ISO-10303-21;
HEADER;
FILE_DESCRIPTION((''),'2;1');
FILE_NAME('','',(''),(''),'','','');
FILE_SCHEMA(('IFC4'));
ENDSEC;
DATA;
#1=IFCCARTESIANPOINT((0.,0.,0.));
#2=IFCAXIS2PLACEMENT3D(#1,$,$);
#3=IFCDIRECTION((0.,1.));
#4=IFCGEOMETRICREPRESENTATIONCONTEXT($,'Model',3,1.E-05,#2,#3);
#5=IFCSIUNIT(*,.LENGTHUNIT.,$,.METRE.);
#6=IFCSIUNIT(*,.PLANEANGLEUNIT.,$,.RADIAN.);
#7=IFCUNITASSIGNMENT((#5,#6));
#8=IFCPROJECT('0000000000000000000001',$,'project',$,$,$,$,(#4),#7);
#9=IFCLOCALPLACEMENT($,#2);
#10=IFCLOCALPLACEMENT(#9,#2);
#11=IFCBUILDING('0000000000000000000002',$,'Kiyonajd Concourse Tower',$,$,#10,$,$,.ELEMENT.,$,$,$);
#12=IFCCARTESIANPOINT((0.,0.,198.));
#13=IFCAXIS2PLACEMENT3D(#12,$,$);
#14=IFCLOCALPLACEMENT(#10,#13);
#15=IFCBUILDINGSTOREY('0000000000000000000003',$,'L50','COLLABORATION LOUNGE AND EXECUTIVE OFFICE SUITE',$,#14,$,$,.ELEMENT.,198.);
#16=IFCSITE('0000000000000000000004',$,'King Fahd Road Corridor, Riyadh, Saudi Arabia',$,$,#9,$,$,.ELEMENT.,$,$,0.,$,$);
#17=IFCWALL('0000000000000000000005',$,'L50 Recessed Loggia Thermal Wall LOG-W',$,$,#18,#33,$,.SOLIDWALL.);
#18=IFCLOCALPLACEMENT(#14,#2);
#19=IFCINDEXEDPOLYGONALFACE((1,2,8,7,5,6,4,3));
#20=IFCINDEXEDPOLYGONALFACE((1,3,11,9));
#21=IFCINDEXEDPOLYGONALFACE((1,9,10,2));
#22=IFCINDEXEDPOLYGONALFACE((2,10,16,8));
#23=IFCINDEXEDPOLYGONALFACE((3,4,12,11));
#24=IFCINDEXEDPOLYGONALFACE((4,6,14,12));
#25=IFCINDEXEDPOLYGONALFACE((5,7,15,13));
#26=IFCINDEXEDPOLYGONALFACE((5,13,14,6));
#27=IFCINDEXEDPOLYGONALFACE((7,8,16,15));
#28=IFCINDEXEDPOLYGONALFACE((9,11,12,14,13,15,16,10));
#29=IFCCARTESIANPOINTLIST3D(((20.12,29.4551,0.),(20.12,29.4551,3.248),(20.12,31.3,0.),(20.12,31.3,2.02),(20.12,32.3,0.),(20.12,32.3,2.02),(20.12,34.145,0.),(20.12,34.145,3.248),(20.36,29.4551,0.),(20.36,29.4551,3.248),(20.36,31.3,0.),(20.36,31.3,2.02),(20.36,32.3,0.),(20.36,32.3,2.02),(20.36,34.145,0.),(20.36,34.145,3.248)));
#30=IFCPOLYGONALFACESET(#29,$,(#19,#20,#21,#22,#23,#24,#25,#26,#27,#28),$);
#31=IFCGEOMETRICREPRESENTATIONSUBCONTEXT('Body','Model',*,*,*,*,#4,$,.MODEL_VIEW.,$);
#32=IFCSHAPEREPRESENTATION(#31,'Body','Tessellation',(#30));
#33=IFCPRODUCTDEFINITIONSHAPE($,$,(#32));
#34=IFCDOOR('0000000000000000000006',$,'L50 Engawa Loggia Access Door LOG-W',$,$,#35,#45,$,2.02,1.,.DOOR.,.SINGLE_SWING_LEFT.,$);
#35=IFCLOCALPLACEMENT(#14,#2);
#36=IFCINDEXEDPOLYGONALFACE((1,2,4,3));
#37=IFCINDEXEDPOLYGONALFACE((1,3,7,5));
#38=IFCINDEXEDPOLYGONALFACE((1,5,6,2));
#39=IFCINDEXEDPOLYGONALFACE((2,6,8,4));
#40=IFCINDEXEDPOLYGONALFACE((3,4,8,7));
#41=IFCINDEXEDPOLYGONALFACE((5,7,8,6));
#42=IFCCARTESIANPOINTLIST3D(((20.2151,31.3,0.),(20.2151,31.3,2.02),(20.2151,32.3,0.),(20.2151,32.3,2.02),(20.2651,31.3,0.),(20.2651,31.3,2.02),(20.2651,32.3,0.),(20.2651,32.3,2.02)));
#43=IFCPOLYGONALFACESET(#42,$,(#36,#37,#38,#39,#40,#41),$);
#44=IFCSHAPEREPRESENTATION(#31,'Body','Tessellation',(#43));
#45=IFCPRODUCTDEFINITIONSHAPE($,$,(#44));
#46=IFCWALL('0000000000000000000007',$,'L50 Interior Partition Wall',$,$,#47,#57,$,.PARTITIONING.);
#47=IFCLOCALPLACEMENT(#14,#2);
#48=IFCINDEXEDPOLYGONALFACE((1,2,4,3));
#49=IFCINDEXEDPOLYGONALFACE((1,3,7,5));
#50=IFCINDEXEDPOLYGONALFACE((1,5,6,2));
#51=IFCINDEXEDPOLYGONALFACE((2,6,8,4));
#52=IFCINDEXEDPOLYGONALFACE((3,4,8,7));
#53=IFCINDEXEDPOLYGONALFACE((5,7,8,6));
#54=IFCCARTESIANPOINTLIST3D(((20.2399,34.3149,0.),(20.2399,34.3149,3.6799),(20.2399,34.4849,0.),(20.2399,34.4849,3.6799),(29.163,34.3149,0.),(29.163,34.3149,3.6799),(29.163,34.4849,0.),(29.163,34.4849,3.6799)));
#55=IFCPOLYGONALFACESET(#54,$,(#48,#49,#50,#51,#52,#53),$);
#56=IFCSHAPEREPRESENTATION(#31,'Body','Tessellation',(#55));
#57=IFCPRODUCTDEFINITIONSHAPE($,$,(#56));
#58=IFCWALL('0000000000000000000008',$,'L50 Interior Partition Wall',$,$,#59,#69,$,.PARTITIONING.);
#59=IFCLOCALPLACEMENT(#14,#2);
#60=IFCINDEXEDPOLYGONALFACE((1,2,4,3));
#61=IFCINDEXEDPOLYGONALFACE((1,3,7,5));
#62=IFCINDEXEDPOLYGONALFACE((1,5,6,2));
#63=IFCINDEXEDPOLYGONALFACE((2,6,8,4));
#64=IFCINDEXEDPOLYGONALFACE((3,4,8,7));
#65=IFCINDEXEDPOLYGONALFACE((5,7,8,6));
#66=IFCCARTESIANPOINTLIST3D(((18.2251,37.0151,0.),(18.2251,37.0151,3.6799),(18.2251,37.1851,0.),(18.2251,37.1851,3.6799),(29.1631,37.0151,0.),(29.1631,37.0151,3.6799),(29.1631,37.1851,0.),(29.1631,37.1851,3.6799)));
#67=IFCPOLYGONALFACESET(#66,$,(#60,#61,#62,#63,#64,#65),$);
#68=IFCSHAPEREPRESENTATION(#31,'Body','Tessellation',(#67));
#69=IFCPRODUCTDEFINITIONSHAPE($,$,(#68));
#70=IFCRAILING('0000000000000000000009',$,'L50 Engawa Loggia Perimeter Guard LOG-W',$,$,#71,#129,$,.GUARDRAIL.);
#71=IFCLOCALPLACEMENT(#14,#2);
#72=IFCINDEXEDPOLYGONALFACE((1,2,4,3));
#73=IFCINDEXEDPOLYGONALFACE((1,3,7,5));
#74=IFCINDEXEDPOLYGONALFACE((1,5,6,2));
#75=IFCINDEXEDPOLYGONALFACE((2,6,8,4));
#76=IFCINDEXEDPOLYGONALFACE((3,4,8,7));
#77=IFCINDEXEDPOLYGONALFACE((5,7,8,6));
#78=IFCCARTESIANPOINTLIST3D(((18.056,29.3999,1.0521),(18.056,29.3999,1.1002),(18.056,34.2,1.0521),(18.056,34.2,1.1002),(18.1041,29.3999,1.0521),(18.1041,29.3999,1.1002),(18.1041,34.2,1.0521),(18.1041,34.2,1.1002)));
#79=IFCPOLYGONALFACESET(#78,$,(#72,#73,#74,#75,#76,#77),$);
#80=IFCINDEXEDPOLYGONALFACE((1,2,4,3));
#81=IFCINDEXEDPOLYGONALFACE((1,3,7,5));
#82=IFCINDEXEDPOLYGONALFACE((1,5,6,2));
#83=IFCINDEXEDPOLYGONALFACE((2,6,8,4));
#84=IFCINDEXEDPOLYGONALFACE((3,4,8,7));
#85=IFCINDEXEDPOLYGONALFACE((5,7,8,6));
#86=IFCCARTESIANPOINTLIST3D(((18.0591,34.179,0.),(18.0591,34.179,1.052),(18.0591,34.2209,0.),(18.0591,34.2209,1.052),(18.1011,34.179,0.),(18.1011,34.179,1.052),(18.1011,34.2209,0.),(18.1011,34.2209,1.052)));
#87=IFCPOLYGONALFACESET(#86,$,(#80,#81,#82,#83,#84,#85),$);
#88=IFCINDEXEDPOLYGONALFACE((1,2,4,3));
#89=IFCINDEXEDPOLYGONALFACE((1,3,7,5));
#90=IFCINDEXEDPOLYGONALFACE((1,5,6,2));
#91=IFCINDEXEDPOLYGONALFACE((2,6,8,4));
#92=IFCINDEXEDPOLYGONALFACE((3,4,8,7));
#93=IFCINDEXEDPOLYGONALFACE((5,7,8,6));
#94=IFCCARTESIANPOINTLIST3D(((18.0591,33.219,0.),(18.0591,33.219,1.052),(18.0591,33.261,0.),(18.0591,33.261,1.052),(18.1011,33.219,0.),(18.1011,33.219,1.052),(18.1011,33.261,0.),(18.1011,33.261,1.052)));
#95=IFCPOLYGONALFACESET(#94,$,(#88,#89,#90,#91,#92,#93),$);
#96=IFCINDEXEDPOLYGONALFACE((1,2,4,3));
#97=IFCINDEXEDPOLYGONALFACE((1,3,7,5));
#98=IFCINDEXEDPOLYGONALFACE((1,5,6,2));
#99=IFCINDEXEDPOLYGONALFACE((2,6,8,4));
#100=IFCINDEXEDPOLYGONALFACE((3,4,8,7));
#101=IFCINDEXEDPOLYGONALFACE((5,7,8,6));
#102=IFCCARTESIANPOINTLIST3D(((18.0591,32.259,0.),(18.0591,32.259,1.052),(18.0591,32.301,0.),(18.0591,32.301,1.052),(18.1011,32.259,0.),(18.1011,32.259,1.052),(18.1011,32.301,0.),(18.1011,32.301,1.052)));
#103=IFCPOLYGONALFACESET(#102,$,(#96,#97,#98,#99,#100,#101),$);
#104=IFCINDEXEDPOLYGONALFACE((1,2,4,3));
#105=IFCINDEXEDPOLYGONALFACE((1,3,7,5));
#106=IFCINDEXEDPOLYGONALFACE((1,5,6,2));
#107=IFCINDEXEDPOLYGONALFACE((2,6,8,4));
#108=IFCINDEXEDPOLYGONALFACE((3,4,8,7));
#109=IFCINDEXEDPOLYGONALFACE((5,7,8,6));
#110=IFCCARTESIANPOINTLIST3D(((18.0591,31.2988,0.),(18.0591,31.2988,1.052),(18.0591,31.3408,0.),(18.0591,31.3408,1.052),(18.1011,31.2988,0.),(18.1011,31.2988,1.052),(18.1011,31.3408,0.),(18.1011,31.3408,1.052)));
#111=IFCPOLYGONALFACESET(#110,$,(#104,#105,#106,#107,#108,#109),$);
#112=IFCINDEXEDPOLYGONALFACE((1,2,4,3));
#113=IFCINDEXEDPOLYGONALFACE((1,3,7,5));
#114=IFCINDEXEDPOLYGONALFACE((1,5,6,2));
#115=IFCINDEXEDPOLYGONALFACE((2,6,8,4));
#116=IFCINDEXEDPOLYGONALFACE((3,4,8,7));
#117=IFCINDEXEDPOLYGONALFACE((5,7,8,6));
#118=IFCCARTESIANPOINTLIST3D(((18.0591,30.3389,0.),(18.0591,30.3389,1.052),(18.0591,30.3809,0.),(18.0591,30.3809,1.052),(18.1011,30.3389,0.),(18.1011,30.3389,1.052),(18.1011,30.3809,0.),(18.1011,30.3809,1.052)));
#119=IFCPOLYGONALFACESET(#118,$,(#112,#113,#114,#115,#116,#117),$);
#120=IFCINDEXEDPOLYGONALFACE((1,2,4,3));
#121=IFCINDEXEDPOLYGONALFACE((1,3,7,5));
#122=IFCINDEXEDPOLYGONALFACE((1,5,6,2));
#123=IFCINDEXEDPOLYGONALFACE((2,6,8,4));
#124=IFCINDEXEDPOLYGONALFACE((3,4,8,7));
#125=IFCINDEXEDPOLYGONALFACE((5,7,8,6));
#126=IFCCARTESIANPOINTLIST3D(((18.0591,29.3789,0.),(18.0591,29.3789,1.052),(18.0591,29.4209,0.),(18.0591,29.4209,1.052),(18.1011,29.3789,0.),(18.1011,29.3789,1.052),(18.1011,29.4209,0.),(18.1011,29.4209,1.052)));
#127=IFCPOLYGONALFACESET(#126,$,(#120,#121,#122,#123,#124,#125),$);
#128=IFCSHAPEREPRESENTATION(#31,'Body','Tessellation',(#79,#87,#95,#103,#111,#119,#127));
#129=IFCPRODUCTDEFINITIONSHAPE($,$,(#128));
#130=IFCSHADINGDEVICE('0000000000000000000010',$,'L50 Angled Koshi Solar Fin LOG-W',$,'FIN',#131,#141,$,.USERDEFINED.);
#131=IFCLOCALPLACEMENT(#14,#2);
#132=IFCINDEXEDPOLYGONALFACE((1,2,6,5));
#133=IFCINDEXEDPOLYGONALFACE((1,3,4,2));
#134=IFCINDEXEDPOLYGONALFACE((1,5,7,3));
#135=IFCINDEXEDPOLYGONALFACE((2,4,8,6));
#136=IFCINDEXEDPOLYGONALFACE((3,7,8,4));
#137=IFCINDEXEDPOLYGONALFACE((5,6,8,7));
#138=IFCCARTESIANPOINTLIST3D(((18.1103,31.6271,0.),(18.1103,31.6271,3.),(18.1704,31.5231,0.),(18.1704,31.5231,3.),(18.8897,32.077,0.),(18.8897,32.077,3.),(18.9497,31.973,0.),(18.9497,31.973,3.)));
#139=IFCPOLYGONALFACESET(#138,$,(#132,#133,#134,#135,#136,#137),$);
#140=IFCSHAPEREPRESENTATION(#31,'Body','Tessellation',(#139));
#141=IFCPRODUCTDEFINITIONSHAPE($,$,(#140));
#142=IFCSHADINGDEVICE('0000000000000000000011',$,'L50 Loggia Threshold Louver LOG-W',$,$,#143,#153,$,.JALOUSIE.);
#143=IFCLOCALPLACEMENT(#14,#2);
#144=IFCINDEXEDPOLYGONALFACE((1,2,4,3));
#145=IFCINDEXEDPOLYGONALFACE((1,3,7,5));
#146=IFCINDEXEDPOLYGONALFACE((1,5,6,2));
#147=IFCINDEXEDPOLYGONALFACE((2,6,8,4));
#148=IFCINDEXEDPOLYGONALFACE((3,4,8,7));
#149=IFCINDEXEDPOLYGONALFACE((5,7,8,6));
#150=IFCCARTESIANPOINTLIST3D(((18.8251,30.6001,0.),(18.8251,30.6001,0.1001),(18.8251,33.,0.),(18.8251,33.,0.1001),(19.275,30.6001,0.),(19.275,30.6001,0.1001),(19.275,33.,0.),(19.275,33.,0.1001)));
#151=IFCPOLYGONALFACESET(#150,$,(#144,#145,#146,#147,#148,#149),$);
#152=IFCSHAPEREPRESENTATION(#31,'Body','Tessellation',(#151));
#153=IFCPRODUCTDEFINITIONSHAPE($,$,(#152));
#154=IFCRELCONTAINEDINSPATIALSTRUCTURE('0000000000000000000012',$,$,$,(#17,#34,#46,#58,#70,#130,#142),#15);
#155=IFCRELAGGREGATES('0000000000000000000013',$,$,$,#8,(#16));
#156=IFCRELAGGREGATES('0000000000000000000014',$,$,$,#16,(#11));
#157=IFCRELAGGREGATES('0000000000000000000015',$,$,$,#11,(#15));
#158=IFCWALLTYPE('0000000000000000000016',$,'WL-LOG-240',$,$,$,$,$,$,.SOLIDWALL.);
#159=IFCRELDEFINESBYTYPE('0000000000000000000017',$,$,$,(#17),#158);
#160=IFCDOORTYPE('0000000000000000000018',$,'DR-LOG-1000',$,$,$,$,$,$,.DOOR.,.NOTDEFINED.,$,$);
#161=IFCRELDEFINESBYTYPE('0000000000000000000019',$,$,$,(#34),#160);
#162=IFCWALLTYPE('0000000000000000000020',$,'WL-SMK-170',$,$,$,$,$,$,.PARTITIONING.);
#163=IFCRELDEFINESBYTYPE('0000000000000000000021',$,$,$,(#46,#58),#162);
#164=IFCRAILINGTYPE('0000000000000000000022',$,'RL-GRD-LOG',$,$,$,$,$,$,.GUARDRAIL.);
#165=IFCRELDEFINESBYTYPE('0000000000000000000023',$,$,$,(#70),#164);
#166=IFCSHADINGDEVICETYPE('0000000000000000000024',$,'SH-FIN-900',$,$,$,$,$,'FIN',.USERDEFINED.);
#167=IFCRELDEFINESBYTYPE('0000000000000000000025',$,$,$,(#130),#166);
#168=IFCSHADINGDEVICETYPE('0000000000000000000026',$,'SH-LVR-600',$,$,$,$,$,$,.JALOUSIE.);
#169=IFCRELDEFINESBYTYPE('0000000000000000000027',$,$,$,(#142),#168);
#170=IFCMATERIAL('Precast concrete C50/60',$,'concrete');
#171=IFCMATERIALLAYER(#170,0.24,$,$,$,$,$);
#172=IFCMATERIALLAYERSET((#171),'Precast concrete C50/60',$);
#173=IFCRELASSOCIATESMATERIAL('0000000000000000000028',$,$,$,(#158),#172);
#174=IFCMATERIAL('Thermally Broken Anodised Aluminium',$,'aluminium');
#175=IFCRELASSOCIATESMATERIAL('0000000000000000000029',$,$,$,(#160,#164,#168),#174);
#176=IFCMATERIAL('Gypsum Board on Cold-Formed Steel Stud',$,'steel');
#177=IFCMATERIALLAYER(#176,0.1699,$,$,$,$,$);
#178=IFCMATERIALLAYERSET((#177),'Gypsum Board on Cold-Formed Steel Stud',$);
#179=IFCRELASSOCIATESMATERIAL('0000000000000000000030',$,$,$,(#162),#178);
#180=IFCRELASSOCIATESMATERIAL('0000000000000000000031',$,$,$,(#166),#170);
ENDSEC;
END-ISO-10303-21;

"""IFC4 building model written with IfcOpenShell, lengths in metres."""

from ifc_helpers import new_model, si_unit, direction, frame, frame_2d, origin, origin_2d, place, context, subcontext, project, spatial, rectangle, extrude, material, layer, layer_set, type_object, element, fill, save


model = new_model("IFC4")

# Units and contexts
model_context = context("Model", 3, precision=1e-05, world=origin(), true_north=direction((0.0, 1.0)))
body_context = subcontext(model_context, "Body", "Model", "MODEL_VIEW")
ifc_project = project(units=[si_unit("LENGTHUNIT", "METRE"), si_unit("PLANEANGLEUNIT", "RADIAN")], contexts=[model_context])

# Site, building, storey
site_placement = place(None, origin())
site = spatial("IfcSite", under=ifc_project, at=site_placement, Name="King Fahd Road Corridor, Riyadh, Saudi Arabia", CompositionType="ELEMENT", RefElevation=0.0)
building_placement = place(site_placement, origin())
building = spatial("IfcBuilding", under=site, at=building_placement, Name="Kiyonajd Concourse Tower", CompositionType="ELEMENT")
storey_placement = place(building_placement, frame((0.0, 0.0, 198.0)))
storey = spatial("IfcBuildingStorey", under=building, at=storey_placement, Name="L50", Description="COLLABORATION LOUNGE AND EXECUTIVE OFFICE SUITE", CompositionType="ELEMENT", Elevation=198.0)

# Shared definitions
ifc_material_1 = material(Name="Thermally Broken Anodised Aluminium", Category="aluminium")

# Shared definitions
ifc_material_2 = material(Name="Precast concrete C50/60", Category="concrete")

# Wall, opening, door
ifc_layer_1 = layer(ifc_material_2, 0.24)
ifc_layer_set_1 = layer_set([ifc_layer_1], Name="Precast concrete C50/60")
wall_type_1 = type_object("IfcWallType", Name="WL-LOG-240", PredefinedType="SOLIDWALL", material=ifc_layer_set_1)
wall_1_placement = place(storey_placement, frame((20.24, 29.4551, 0.0), z_axis=(0.0, 0.0, 1.0), x_axis=(0.0, 1.0, 0.0)))
wall_1 = element("IfcWall", 1, at=wall_1_placement, inside=storey, type_object=wall_type_1, Name="L50 Recessed Loggia Thermal Wall LOG-W", PredefinedType="SOLIDWALL", context=body_context, shape_type="SweptSolid", body=[
    extrude(rectangle(XDim=4.6899, YDim=0.24, at=frame_2d((2.345, 0.0))), origin(), (0.0, 0.0, 1.0), 3.248),
])
opening_placement = place(wall_1_placement, frame((1.845, 0.0, 0.0)))
opening = element("IfcOpeningElement", 2, at=opening_placement, cuts=wall_1, PredefinedType="OPENING", context=body_context, shape_type="SweptSolid", body=[
    extrude(rectangle(XDim=1.0, YDim=2.02, at=frame_2d((0.5, 1.01))), frame((0.0, 0.1299, 0.0), z_axis=(0.0, -1.0, 0.0), x_axis=(1.0, 0.0, 0.0)), (0.0, 0.0, 1.0), 0.26),
])
door_type = type_object("IfcDoorType", Name="DR-LOG-1000", OperationType="NOTDEFINED", PredefinedType="DOOR", material=ifc_material_1)
door_placement = place(opening_placement, origin())
door = element("IfcDoor", 3, at=door_placement, inside=storey, type_object=door_type, Name="L50 Engawa Loggia Access Door LOG-W", OperationType="SINGLE_SWING_LEFT", OverallHeight=2.02, OverallWidth=1.0, PredefinedType="DOOR", context=body_context, shape_type="SweptSolid", body=[
    extrude(rectangle(XDim=1.0, YDim=2.02, at=frame_2d((0.5, 1.01))), frame((0.0, 0.0249, 0.0), z_axis=(0.0, -1.0, 0.0), x_axis=(1.0, 0.0, 0.0)), (0.0, 0.0, 1.0), 0.05),
])
fill(opening, door)

# Walls
ifc_material_3 = material(Name="Gypsum Board on Cold-Formed Steel Stud", Category="steel")
ifc_layer_2 = layer(ifc_material_3, 0.1699)
ifc_layer_set_2 = layer_set([ifc_layer_2], Name="Gypsum Board on Cold-Formed Steel Stud")
wall_type_2 = type_object("IfcWallType", Name="WL-SMK-170", PredefinedType="PARTITIONING", material=ifc_layer_set_2)
wall_2_placement = place(storey_placement, frame((20.24, 34.3999, 0.0), z_axis=(0.0, 0.0, 1.0), x_axis=(1.0, 0.0, 0.0)))
element("IfcWall", 4, at=wall_2_placement, inside=storey, type_object=wall_type_2, Name="L50 Interior Partition Wall", PredefinedType="PARTITIONING", context=body_context, shape_type="SweptSolid", body=[
    extrude(rectangle(XDim=8.9231, YDim=0.1699, at=frame_2d((4.4614, 0.0))), origin(), (0.0, 0.0, 1.0), 3.6799),
])
wall_3_placement = place(storey_placement, frame((18.2251, 37.1001, 0.0), z_axis=(0.0, 0.0, 1.0), x_axis=(1.0, 0.0, 0.0)))
element("IfcWall", 5, at=wall_3_placement, inside=storey, type_object=wall_type_2, Name="L50 Interior Partition Wall", PredefinedType="PARTITIONING", context=body_context, shape_type="SweptSolid", body=[
    extrude(rectangle(XDim=10.938, YDim=0.1699, at=frame_2d((5.469, 0.0))), origin(), (0.0, 0.0, 1.0), 3.6799),
])

# Railing
railing_type = type_object("IfcRailingType", Name="RL-GRD-LOG", PredefinedType="GUARDRAIL", material=ifc_material_1)
railing_placement = place(storey_placement, frame((18.0801, 34.2, 0.0)))
element("IfcRailing", 6, at=railing_placement, inside=storey, type_object=railing_type, Name="L50 Engawa Loggia Perimeter Guard LOG-W", PredefinedType="GUARDRAIL", context=body_context, shape_type="SweptSolid", body=[
    extrude(rectangle(XDim=0.0481, YDim=0.0481, at=origin_2d()), frame((0.0, 0.0, 1.0762), z_axis=(0.0, -1.0, 0.0), x_axis=(1.0, 0.0, 0.0)), (0.0, 0.0, 1.0), 4.8),
    extrude(rectangle(XDim=0.042, YDim=0.042, at=origin_2d()), origin(), (0.0, 0.0, 1.0), 1.052),
    extrude(rectangle(XDim=0.042, YDim=0.042, at=origin_2d()), frame((0.0, -0.96, 0.0)), (0.0, 0.0, 1.0), 1.052),
    extrude(rectangle(XDim=0.042, YDim=0.042, at=origin_2d()), frame((0.0, -1.9199, 0.0)), (0.0, 0.0, 1.0), 1.052),
    extrude(rectangle(XDim=0.042, YDim=0.042, at=origin_2d()), frame((0.0, -2.8801, 0.0)), (0.0, 0.0, 1.0), 1.052),
    extrude(rectangle(XDim=0.042, YDim=0.042, at=origin_2d()), frame((0.0, -3.8401, 0.0)), (0.0, 0.0, 1.0), 1.052),
    extrude(rectangle(XDim=0.042, YDim=0.042, at=origin_2d()), frame((0.0, -4.8, 0.0)), (0.0, 0.0, 1.0), 1.052),
])

# Shading devices
shading_device_type_1 = type_object("IfcShadingDeviceType", Name="SH-FIN-900", ElementType="FIN", PredefinedType="USERDEFINED", material=ifc_material_2)
shading_device_1_placement = place(storey_placement, frame((18.53, 31.8, 0.0), z_axis=(0.0, 0.0, 1.0), x_axis=(0.866025, 0.5, 0.0)))
element("IfcShadingDevice", 7, at=shading_device_1_placement, inside=storey, type_object=shading_device_type_1, Name="L50 Angled Koshi Solar Fin LOG-W", ObjectType="FIN", PredefinedType="USERDEFINED", context=body_context, shape_type="SweptSolid", body=[
    extrude(rectangle(XDim=0.8999, YDim=0.1201, at=origin_2d()), origin(), (0.0, 0.0, 1.0), 3.0),
])
shading_device_type_2 = type_object("IfcShadingDeviceType", Name="SH-LVR-600", PredefinedType="JALOUSIE", material=ifc_material_1)
shading_device_2_placement = place(storey_placement, frame((19.05, 31.8, 0.0), z_axis=(0.0, 0.0, 1.0), x_axis=(0.0, 1.0, 0.0)))
element("IfcShadingDevice", 8, at=shading_device_2_placement, inside=storey, type_object=shading_device_type_2, Name="L50 Loggia Threshold Louver LOG-W", PredefinedType="JALOUSIE", context=body_context, shape_type="SweptSolid", body=[
    extrude(rectangle(XDim=2.3999, YDim=0.45, at=origin_2d()), origin(), (0.0, 0.0, 1.0), 0.1001),
])

save(model, "model.ifc")
